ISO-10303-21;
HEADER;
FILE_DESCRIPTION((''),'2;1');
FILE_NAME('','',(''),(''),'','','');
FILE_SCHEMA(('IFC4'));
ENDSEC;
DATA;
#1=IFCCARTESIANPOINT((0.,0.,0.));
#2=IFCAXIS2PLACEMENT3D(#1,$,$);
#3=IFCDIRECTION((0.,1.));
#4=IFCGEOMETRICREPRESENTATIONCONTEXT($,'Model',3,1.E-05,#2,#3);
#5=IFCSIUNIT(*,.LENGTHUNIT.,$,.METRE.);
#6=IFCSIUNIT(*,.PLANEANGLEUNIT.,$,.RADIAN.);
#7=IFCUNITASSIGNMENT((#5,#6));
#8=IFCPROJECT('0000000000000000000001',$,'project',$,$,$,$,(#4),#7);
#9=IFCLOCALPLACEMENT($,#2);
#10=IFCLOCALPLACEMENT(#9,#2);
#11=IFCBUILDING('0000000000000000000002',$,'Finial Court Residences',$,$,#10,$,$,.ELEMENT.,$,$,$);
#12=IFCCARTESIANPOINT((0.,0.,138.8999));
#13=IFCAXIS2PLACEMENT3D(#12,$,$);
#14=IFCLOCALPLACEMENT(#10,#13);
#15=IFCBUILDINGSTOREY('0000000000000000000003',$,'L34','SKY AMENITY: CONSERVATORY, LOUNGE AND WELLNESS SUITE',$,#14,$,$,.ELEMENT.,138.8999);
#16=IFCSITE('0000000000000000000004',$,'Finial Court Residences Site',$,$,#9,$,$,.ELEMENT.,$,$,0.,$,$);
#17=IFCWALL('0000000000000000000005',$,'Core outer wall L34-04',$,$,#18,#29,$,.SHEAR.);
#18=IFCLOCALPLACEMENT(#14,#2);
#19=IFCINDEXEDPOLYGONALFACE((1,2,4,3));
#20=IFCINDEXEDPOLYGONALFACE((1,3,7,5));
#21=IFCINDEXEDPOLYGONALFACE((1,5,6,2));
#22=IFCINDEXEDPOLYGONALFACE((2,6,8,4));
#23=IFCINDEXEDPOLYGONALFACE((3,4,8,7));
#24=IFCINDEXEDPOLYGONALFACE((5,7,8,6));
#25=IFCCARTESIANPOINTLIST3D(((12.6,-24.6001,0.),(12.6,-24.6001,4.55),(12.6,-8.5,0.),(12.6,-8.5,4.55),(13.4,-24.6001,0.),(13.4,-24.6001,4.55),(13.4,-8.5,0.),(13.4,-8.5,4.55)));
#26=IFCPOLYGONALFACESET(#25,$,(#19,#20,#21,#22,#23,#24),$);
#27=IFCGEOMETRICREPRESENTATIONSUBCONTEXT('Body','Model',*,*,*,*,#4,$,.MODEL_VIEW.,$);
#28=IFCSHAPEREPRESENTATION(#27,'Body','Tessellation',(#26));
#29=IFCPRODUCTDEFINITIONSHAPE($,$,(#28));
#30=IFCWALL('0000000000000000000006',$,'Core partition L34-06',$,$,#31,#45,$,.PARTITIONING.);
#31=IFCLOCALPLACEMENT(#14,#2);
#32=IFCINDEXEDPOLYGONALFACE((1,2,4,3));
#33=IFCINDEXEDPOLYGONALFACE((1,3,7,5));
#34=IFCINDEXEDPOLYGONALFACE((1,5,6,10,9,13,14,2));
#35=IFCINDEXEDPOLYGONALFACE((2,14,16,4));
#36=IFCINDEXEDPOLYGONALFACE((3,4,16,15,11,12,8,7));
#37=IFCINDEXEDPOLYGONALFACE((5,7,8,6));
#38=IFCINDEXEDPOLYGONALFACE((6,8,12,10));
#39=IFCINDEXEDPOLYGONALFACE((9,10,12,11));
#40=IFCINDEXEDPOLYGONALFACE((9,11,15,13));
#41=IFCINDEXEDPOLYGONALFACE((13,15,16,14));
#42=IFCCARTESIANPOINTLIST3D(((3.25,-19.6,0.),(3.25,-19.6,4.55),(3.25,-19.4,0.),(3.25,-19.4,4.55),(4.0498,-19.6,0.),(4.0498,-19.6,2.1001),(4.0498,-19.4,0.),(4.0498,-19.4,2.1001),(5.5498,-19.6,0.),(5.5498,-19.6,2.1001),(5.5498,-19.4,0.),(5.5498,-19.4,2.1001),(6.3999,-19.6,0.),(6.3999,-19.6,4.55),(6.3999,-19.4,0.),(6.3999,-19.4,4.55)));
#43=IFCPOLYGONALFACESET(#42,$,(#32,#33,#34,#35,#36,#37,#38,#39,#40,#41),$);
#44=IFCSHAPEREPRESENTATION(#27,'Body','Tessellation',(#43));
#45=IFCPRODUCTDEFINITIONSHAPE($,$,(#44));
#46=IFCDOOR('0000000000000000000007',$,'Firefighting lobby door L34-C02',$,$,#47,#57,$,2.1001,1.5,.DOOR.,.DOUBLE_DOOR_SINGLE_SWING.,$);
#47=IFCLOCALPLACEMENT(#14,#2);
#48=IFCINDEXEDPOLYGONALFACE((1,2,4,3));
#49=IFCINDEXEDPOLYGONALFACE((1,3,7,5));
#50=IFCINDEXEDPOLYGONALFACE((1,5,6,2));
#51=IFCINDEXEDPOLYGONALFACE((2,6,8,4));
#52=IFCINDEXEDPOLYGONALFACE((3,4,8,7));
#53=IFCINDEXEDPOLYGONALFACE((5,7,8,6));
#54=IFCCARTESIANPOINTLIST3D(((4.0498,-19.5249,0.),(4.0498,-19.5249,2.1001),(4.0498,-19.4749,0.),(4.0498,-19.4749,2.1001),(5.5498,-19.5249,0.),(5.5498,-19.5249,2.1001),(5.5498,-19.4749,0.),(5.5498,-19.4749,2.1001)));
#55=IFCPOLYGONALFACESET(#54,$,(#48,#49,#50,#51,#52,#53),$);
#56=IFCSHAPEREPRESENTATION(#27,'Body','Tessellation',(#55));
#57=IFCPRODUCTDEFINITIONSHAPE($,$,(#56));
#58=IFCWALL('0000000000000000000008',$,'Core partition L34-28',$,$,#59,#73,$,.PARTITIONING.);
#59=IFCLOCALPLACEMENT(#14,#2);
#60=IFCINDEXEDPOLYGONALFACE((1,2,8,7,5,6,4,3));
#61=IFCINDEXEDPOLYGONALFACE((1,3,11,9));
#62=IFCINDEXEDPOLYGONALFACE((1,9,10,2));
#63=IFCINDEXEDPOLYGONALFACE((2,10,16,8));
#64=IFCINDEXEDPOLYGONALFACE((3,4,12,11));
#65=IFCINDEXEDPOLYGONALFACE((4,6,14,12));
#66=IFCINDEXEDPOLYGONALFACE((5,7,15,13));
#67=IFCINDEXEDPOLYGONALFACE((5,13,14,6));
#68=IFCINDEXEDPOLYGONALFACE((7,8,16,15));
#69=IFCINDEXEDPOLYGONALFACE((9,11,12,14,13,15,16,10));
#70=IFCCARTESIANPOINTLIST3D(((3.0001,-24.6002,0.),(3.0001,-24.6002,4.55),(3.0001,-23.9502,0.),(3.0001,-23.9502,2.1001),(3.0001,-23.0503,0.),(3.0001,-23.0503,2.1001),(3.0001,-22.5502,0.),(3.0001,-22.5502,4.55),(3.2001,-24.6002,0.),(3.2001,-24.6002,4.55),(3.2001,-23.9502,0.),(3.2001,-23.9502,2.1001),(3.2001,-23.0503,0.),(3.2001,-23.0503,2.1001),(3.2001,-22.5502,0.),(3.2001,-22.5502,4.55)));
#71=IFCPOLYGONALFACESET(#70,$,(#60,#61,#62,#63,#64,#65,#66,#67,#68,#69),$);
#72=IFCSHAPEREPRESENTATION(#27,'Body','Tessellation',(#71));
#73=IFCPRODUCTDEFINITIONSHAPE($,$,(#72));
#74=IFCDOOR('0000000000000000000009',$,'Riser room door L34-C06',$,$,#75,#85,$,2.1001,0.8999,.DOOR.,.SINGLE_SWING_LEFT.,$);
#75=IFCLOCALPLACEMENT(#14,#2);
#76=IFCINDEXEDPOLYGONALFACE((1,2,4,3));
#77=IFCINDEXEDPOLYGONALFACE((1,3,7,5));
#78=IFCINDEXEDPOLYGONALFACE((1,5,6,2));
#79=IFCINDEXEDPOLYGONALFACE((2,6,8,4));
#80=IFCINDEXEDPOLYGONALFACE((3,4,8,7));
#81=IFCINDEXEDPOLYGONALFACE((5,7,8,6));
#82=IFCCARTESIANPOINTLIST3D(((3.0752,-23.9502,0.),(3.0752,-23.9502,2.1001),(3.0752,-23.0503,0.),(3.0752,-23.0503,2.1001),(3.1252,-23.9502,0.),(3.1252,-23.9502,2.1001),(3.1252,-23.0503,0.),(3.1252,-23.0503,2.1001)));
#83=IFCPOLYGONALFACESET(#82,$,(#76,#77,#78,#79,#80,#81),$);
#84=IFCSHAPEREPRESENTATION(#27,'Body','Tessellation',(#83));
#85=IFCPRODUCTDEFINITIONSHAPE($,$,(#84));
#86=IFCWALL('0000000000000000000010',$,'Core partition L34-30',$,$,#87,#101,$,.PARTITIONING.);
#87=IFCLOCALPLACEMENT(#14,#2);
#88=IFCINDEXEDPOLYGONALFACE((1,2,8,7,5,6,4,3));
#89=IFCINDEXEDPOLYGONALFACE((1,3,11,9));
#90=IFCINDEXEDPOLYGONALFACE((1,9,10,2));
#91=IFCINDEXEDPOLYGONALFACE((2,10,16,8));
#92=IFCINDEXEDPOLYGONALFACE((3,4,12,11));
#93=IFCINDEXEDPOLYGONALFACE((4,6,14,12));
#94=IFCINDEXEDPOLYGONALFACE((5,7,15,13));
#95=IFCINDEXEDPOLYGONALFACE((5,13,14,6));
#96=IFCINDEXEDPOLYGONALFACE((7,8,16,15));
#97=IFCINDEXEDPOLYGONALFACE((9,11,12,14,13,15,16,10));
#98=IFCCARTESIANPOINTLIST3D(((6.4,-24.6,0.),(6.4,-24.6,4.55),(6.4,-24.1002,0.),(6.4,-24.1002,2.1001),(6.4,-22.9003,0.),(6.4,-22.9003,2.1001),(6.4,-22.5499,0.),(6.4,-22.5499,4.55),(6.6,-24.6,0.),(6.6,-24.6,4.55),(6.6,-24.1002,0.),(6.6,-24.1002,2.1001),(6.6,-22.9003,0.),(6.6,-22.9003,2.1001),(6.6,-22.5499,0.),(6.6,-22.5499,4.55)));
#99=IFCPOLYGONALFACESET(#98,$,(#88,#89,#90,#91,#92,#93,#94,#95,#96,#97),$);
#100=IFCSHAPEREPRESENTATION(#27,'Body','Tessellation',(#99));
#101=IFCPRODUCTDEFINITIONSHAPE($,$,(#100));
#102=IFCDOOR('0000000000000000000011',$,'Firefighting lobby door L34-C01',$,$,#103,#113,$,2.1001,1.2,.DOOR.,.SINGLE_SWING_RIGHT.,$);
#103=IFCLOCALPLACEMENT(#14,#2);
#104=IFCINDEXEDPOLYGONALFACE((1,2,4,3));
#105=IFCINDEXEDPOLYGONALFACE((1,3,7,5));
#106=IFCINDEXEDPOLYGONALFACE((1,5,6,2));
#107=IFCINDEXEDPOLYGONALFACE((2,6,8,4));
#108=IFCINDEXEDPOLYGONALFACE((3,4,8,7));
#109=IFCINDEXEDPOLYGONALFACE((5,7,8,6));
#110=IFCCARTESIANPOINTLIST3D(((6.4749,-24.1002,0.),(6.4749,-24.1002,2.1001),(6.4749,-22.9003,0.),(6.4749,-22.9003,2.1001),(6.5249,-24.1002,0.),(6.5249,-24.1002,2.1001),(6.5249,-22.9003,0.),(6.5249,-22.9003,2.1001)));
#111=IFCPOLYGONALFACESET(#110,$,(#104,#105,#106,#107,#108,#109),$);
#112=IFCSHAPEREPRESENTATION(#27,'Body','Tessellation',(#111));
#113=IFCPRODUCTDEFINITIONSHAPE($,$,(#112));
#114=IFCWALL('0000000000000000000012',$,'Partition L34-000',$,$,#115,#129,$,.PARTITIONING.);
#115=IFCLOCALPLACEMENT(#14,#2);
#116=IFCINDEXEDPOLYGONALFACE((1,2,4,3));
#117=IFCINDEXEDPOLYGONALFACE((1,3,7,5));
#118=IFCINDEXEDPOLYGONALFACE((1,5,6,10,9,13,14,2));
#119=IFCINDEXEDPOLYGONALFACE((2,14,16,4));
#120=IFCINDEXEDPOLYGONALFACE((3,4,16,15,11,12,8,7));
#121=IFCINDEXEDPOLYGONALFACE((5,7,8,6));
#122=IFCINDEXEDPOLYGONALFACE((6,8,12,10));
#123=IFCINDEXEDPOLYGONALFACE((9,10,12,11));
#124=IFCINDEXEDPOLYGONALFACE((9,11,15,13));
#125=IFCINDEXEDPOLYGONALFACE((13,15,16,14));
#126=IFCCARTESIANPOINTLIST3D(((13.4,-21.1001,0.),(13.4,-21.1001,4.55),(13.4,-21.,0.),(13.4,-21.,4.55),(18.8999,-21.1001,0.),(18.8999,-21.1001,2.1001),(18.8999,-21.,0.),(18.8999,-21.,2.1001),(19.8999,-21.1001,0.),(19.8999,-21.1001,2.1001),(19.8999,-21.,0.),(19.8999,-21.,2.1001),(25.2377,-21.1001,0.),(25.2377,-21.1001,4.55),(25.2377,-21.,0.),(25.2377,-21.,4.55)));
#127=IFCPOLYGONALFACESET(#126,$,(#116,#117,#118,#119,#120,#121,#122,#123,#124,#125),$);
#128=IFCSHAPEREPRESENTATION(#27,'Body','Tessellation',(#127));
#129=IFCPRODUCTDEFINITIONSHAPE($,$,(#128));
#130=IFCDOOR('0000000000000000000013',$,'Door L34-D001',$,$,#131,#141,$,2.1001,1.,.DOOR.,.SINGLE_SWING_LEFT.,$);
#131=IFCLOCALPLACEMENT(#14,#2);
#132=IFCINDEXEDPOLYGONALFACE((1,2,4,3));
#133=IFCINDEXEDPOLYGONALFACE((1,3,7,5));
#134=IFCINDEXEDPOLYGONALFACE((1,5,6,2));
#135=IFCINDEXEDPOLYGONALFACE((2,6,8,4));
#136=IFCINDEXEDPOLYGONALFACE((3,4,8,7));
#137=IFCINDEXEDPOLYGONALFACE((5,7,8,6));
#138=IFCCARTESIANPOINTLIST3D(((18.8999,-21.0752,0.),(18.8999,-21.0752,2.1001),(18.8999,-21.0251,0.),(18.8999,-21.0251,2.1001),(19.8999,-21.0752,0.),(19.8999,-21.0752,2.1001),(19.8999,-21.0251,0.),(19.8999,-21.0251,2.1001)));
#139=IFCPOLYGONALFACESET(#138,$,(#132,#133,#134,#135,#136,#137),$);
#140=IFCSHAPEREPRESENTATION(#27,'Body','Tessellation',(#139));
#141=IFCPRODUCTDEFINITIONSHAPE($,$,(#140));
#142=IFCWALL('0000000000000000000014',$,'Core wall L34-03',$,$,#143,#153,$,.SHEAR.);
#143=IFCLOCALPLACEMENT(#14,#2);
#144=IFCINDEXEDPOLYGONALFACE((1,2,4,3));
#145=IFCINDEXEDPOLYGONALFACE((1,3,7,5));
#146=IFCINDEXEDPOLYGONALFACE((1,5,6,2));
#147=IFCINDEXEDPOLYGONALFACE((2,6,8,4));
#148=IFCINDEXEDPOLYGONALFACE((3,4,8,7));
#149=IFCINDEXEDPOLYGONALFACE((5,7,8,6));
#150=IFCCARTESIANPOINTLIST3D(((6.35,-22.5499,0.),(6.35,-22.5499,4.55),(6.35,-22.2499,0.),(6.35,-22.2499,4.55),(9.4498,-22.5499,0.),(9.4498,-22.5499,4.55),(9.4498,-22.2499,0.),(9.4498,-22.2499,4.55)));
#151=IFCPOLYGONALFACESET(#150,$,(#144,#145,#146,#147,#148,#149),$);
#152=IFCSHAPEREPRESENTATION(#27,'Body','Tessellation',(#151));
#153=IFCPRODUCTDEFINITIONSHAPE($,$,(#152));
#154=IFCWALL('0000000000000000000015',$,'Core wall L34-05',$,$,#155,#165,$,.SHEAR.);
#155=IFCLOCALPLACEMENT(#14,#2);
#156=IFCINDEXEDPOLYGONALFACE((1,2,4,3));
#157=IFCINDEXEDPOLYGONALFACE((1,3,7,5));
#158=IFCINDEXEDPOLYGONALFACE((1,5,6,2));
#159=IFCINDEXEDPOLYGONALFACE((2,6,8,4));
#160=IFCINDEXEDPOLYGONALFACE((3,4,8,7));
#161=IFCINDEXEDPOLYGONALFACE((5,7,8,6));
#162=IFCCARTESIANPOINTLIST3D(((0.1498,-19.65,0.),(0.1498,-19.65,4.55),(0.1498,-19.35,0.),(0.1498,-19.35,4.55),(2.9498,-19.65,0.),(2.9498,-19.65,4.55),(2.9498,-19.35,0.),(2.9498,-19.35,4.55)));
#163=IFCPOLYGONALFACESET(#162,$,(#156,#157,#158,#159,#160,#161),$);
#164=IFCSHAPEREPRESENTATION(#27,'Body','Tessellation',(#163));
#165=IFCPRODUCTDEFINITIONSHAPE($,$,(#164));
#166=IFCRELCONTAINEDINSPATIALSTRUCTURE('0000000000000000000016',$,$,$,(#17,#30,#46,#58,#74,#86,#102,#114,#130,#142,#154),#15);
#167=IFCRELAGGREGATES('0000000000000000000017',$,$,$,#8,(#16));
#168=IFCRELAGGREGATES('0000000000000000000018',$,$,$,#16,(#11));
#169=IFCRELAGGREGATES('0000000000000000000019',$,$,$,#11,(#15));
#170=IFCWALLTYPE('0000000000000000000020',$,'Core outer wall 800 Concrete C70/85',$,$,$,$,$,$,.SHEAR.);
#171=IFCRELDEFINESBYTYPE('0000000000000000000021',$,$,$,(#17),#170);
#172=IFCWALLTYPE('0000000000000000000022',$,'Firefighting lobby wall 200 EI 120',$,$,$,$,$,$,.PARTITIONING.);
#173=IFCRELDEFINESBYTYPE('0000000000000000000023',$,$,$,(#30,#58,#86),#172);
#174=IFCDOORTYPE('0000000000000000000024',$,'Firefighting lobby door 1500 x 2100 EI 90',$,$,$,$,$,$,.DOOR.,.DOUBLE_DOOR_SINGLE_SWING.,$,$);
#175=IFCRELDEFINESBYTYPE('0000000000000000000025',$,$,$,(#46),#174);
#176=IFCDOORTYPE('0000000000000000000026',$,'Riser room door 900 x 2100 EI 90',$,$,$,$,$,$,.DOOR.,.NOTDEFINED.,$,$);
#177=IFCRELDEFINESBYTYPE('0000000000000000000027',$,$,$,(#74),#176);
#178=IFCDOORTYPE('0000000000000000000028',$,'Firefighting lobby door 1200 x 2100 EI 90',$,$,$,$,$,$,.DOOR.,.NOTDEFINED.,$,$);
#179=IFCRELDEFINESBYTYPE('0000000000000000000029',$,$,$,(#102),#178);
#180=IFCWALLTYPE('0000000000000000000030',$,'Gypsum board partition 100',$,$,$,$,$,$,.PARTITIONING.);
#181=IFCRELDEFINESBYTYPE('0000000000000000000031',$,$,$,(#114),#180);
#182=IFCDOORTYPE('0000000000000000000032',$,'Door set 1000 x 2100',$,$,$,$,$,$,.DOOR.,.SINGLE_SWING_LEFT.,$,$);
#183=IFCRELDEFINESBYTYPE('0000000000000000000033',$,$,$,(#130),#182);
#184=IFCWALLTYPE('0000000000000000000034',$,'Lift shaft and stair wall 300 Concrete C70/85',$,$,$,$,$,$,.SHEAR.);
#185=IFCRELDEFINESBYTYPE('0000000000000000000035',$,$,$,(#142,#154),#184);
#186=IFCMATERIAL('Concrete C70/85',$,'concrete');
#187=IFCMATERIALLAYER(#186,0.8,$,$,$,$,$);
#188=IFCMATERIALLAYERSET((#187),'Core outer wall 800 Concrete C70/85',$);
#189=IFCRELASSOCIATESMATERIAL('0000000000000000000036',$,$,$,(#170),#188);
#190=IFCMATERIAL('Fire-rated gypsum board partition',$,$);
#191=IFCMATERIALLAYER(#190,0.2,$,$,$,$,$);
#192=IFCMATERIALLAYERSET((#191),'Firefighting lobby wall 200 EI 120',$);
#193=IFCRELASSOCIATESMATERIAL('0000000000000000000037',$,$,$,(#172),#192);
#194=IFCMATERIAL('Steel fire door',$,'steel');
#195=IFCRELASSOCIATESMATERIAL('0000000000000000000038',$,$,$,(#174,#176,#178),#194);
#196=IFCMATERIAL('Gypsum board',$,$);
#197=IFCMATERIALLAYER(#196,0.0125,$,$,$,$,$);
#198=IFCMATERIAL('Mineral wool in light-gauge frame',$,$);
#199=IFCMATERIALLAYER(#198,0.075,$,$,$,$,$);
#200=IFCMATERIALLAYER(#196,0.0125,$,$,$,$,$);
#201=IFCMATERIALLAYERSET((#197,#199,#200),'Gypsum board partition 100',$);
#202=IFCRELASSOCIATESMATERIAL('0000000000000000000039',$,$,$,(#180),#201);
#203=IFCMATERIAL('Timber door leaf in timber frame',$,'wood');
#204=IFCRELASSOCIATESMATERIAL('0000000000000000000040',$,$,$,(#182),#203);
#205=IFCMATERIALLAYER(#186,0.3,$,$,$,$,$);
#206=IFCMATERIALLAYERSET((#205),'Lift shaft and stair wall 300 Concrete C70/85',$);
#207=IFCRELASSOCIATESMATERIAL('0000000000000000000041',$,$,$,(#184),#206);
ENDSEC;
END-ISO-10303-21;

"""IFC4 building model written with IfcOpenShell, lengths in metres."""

from ifc_helpers import new_model, si_unit, direction, frame, frame_2d, origin, place, context, subcontext, project, spatial, rectangle, extrude, material, layer, layer_set, type_object, element, fill, save


model = new_model("IFC4")

# Units and contexts
model_context = context("Model", 3, precision=1e-05, world=origin(), true_north=direction((0.0, 1.0)))
body_context = subcontext(model_context, "Body", "Model", "MODEL_VIEW")
ifc_project = project(units=[si_unit("LENGTHUNIT", "METRE"), si_unit("PLANEANGLEUNIT", "RADIAN")], contexts=[model_context])

# Site, building, storey
site_placement = place(None, origin())
site = spatial("IfcSite", under=ifc_project, at=site_placement, Name="Finial Court Residences Site", CompositionType="ELEMENT", RefElevation=0.0)
building_placement = place(site_placement, origin())
building = spatial("IfcBuilding", under=site, at=building_placement, Name="Finial Court Residences", CompositionType="ELEMENT")
storey_placement = place(building_placement, frame((0.0, 0.0, 138.8999)))
storey = spatial("IfcBuildingStorey", under=building, at=storey_placement, Name="L34", Description="SKY AMENITY: CONSERVATORY, LOUNGE AND WELLNESS SUITE", CompositionType="ELEMENT", Elevation=138.8999)

# Wall
ifc_material_1 = material(Name="Concrete C70/85", Category="concrete")
ifc_layer_1 = layer(ifc_material_1, 0.8)
ifc_layer_set_1 = layer_set([ifc_layer_1], Name="Core outer wall 800 Concrete C70/85")
wall_type_1 = type_object("IfcWallType", Name="Core outer wall 800 Concrete C70/85", PredefinedType="SHEAR", material=ifc_layer_set_1)
wall_1_placement = place(storey_placement, frame((13.0, -24.6001, 0.0), z_axis=(0.0, 0.0, 1.0), x_axis=(0.0, 1.0, 0.0)))
element("IfcWall", 1, at=wall_1_placement, inside=storey, type_object=wall_type_1, Name="Core outer wall L34-04", PredefinedType="SHEAR", context=body_context, shape_type="SweptSolid", body=[
    extrude(rectangle(XDim=16.1001, YDim=0.8, at=frame_2d((8.05, 0.0))), origin(), (0.0, 0.0, 1.0), 4.55),
])

# Walls, openings, doors
ifc_material_2 = material(Name="Fire-rated gypsum board partition")
ifc_layer_2 = layer(ifc_material_2, 0.2)
ifc_layer_set_2 = layer_set([ifc_layer_2], Name="Firefighting lobby wall 200 EI 120")
wall_type_2 = type_object("IfcWallType", Name="Firefighting lobby wall 200 EI 120", PredefinedType="PARTITIONING", material=ifc_layer_set_2)
wall_2_placement = place(storey_placement, frame((6.3999, -19.5, 0.0), z_axis=(0.0, 0.0, 1.0), x_axis=(-1.0, 0.0, 0.0)))
wall_2 = element("IfcWall", 2, at=wall_2_placement, inside=storey, type_object=wall_type_2, Name="Core partition L34-06", PredefinedType="PARTITIONING", context=body_context, shape_type="SweptSolid", body=[
    extrude(rectangle(XDim=3.1499, YDim=0.2, at=frame_2d((1.575, 0.0))), origin(), (0.0, 0.0, 1.0), 4.55),
])
opening_1_placement = place(wall_2_placement, frame((0.8501, 0.0, 0.0)))
opening_1 = element("IfcOpeningElement", 3, at=opening_1_placement, cuts=wall_2, PredefinedType="OPENING", context=body_context, shape_type="SweptSolid", body=[
    extrude(rectangle(XDim=1.5, YDim=2.1001, at=frame_2d((0.75, 1.05))), frame((0.0, 0.1099, 0.0), z_axis=(0.0, -1.0, 0.0), x_axis=(1.0, 0.0, 0.0)), (0.0, 0.0, 1.0), 0.22),
])
ifc_material_3 = material(Name="Steel fire door", Category="steel")
door_type_1 = type_object("IfcDoorType", Name="Firefighting lobby door 1500 x 2100 EI 90", OperationType="DOUBLE_DOOR_SINGLE_SWING", PredefinedType="DOOR", material=ifc_material_3)
door_1_placement = place(opening_1_placement, origin())
door_1 = element("IfcDoor", 4, at=door_1_placement, inside=storey, type_object=door_type_1, Name="Firefighting lobby door L34-C02", OperationType="DOUBLE_DOOR_SINGLE_SWING", OverallHeight=2.1001, OverallWidth=1.5, PredefinedType="DOOR", context=body_context, shape_type="SweptSolid", body=[
    extrude(rectangle(XDim=1.5, YDim=2.1001, at=frame_2d((0.75, 1.05))), frame((0.0, 0.0249, 0.0), z_axis=(0.0, -1.0, 0.0), x_axis=(1.0, 0.0, 0.0)), (0.0, 0.0, 1.0), 0.05),
])
fill(opening_1, door_1)
wall_3_placement = place(storey_placement, frame((3.1001, -24.6001, 0.0), z_axis=(0.0, 0.0, 1.0), x_axis=(0.0, 1.0, 0.0)))
wall_3 = element("IfcWall", 5, at=wall_3_placement, inside=storey, type_object=wall_type_2, Name="Core partition L34-28", PredefinedType="PARTITIONING", context=body_context, shape_type="SweptSolid", body=[
    extrude(rectangle(XDim=2.05, YDim=0.2, at=frame_2d((1.0249, 0.0))), origin(), (0.0, 0.0, 1.0), 4.55),
])
opening_2_placement = place(wall_3_placement, frame((0.6499, 0.0, 0.0)))
opening_2 = element("IfcOpeningElement", 6, at=opening_2_placement, cuts=wall_3, PredefinedType="OPENING", context=body_context, shape_type="SweptSolid", body=[
    extrude(rectangle(XDim=0.8999, YDim=2.1001, at=frame_2d((0.45, 1.05))), frame((0.0, 0.1099, 0.0), z_axis=(0.0, -1.0, 0.0), x_axis=(1.0, 0.0, 0.0)), (0.0, 0.0, 1.0), 0.22),
])
door_type_2 = type_object("IfcDoorType", Name="Riser room door 900 x 2100 EI 90", OperationType="NOTDEFINED", PredefinedType="DOOR", material=ifc_material_3)
door_2_placement = place(opening_2_placement, origin())
door_2 = element("IfcDoor", 7, at=door_2_placement, inside=storey, type_object=door_type_2, Name="Riser room door L34-C06", OperationType="SINGLE_SWING_LEFT", OverallHeight=2.1001, OverallWidth=0.8999, PredefinedType="DOOR", context=body_context, shape_type="SweptSolid", body=[
    extrude(rectangle(XDim=0.8999, YDim=2.1001, at=frame_2d((0.45, 1.05))), frame((0.0, 0.0249, 0.0), z_axis=(0.0, -1.0, 0.0), x_axis=(1.0, 0.0, 0.0)), (0.0, 0.0, 1.0), 0.05),
])
fill(opening_2, door_2)
wall_4_placement = place(storey_placement, frame((6.5, -22.55, 0.0), z_axis=(0.0, 0.0, 1.0), x_axis=(0.0, -1.0, 0.0)))
wall_4 = element("IfcWall", 8, at=wall_4_placement, inside=storey, type_object=wall_type_2, Name="Core partition L34-30", PredefinedType="PARTITIONING", context=body_context, shape_type="SweptSolid", body=[
    extrude(rectangle(XDim=2.05, YDim=0.2, at=frame_2d((1.0249, 0.0))), origin(), (0.0, 0.0, 1.0), 4.55),
])
opening_3_placement = place(wall_4_placement, frame((0.3501, 0.0, 0.0)))
opening_3 = element("IfcOpeningElement", 9, at=opening_3_placement, cuts=wall_4, PredefinedType="OPENING", context=body_context, shape_type="SweptSolid", body=[
    extrude(rectangle(XDim=1.2, YDim=2.1001, at=frame_2d((0.6001, 1.05))), frame((0.0, 0.1099, 0.0), z_axis=(0.0, -1.0, 0.0), x_axis=(1.0, 0.0, 0.0)), (0.0, 0.0, 1.0), 0.22),
])
door_type_3 = type_object("IfcDoorType", Name="Firefighting lobby door 1200 x 2100 EI 90", OperationType="NOTDEFINED", PredefinedType="DOOR", material=ifc_material_3)
door_3_placement = place(opening_3_placement, origin())
door_3 = element("IfcDoor", 10, at=door_3_placement, inside=storey, type_object=door_type_3, Name="Firefighting lobby door L34-C01", OperationType="SINGLE_SWING_RIGHT", OverallHeight=2.1001, OverallWidth=1.2, PredefinedType="DOOR", context=body_context, shape_type="SweptSolid", body=[
    extrude(rectangle(XDim=1.2, YDim=2.1001, at=frame_2d((0.6001, 1.05))), frame((0.0, 0.0249, 0.0), z_axis=(0.0, -1.0, 0.0), x_axis=(1.0, 0.0, 0.0)), (0.0, 0.0, 1.0), 0.05),
])
fill(opening_3, door_3)
ifc_material_4 = material(Name="Gypsum board")
ifc_layer_3 = layer(ifc_material_4, 0.0125)
ifc_material_5 = material(Name="Mineral wool in light-gauge frame")
ifc_layer_4 = layer(ifc_material_5, 0.075)
ifc_layer_5 = layer(ifc_material_4, 0.0125)
ifc_layer_set_3 = layer_set([ifc_layer_3, ifc_layer_4, ifc_layer_5], Name="Gypsum board partition 100")
wall_type_3 = type_object("IfcWallType", Name="Gypsum board partition 100", PredefinedType="PARTITIONING", material=ifc_layer_set_3)
wall_5_placement = place(storey_placement, frame((13.3999, -21.05, 0.0), z_axis=(0.0, 0.0, 1.0), x_axis=(1.0, 0.0, 0.0)))
wall_5 = element("IfcWall", 11, at=wall_5_placement, inside=storey, type_object=wall_type_3, Name="Partition L34-000", PredefinedType="PARTITIONING", context=body_context, shape_type="SweptSolid", body=[
    extrude(rectangle(XDim=11.8376, YDim=0.1001, at=frame_2d((5.9189, 0.0))), origin(), (0.0, 0.0, 1.0), 4.55),
])
opening_4_placement = place(wall_5_placement, frame((5.5, 0.0, 0.0)))
opening_4 = element("IfcOpeningElement", 12, at=opening_4_placement, cuts=wall_5, PredefinedType="OPENING", context=body_context, shape_type="SweptSolid", body=[
    extrude(rectangle(XDim=1.0, YDim=2.1001, at=frame_2d((0.5, 1.05))), frame((0.0, 0.0601, 0.0), z_axis=(0.0, -1.0, 0.0), x_axis=(1.0, 0.0, 0.0)), (0.0, 0.0, 1.0), 0.1201),
])
ifc_material_6 = material(Name="Timber door leaf in timber frame", Category="wood")
door_type_4 = type_object("IfcDoorType", Name="Door set 1000 x 2100", OperationType="SINGLE_SWING_LEFT", PredefinedType="DOOR", material=ifc_material_6)
door_4_placement = place(opening_4_placement, origin())
door_4 = element("IfcDoor", 13, at=door_4_placement, inside=storey, type_object=door_type_4, Name="Door L34-D001", OperationType="SINGLE_SWING_LEFT", OverallHeight=2.1001, OverallWidth=1.0, PredefinedType="DOOR", context=body_context, shape_type="SweptSolid", body=[
    extrude(rectangle(XDim=1.0, YDim=2.1001, at=frame_2d((0.5, 1.05))), frame((0.0, 0.0249, 0.0), z_axis=(0.0, -1.0, 0.0), x_axis=(1.0, 0.0, 0.0)), (0.0, 0.0, 1.0), 0.05),
])
fill(opening_4, door_4)

# Walls
ifc_layer_6 = layer(ifc_material_1, 0.3)
ifc_layer_set_4 = layer_set([ifc_layer_6], Name="Lift shaft and stair wall 300 Concrete C70/85")
wall_type_4 = type_object("IfcWallType", Name="Lift shaft and stair wall 300 Concrete C70/85", PredefinedType="SHEAR", material=ifc_layer_set_4)
wall_6_placement = place(storey_placement, frame((6.3501, -22.3999, 0.0), z_axis=(0.0, 0.0, 1.0), x_axis=(1.0, 0.0, 0.0)))
element("IfcWall", 14, at=wall_6_placement, inside=storey, type_object=wall_type_4, Name="Core wall L34-03", PredefinedType="SHEAR", context=body_context, shape_type="SweptSolid", body=[
    extrude(rectangle(XDim=3.0999, YDim=0.3, at=frame_2d((1.5498, 0.0))), origin(), (0.0, 0.0, 1.0), 4.55),
])
wall_7_placement = place(storey_placement, frame((0.1499, -19.5, 0.0), z_axis=(0.0, 0.0, 1.0), x_axis=(1.0, 0.0, 0.0)))
element("IfcWall", 15, at=wall_7_placement, inside=storey, type_object=wall_type_4, Name="Core wall L34-05", PredefinedType="SHEAR", context=body_context, shape_type="SweptSolid", body=[
    extrude(rectangle(XDim=2.8, YDim=0.3, at=frame_2d((1.3999, 0.0))), origin(), (0.0, 0.0, 1.0), 4.55),
])

save(model, "model.ifc")
